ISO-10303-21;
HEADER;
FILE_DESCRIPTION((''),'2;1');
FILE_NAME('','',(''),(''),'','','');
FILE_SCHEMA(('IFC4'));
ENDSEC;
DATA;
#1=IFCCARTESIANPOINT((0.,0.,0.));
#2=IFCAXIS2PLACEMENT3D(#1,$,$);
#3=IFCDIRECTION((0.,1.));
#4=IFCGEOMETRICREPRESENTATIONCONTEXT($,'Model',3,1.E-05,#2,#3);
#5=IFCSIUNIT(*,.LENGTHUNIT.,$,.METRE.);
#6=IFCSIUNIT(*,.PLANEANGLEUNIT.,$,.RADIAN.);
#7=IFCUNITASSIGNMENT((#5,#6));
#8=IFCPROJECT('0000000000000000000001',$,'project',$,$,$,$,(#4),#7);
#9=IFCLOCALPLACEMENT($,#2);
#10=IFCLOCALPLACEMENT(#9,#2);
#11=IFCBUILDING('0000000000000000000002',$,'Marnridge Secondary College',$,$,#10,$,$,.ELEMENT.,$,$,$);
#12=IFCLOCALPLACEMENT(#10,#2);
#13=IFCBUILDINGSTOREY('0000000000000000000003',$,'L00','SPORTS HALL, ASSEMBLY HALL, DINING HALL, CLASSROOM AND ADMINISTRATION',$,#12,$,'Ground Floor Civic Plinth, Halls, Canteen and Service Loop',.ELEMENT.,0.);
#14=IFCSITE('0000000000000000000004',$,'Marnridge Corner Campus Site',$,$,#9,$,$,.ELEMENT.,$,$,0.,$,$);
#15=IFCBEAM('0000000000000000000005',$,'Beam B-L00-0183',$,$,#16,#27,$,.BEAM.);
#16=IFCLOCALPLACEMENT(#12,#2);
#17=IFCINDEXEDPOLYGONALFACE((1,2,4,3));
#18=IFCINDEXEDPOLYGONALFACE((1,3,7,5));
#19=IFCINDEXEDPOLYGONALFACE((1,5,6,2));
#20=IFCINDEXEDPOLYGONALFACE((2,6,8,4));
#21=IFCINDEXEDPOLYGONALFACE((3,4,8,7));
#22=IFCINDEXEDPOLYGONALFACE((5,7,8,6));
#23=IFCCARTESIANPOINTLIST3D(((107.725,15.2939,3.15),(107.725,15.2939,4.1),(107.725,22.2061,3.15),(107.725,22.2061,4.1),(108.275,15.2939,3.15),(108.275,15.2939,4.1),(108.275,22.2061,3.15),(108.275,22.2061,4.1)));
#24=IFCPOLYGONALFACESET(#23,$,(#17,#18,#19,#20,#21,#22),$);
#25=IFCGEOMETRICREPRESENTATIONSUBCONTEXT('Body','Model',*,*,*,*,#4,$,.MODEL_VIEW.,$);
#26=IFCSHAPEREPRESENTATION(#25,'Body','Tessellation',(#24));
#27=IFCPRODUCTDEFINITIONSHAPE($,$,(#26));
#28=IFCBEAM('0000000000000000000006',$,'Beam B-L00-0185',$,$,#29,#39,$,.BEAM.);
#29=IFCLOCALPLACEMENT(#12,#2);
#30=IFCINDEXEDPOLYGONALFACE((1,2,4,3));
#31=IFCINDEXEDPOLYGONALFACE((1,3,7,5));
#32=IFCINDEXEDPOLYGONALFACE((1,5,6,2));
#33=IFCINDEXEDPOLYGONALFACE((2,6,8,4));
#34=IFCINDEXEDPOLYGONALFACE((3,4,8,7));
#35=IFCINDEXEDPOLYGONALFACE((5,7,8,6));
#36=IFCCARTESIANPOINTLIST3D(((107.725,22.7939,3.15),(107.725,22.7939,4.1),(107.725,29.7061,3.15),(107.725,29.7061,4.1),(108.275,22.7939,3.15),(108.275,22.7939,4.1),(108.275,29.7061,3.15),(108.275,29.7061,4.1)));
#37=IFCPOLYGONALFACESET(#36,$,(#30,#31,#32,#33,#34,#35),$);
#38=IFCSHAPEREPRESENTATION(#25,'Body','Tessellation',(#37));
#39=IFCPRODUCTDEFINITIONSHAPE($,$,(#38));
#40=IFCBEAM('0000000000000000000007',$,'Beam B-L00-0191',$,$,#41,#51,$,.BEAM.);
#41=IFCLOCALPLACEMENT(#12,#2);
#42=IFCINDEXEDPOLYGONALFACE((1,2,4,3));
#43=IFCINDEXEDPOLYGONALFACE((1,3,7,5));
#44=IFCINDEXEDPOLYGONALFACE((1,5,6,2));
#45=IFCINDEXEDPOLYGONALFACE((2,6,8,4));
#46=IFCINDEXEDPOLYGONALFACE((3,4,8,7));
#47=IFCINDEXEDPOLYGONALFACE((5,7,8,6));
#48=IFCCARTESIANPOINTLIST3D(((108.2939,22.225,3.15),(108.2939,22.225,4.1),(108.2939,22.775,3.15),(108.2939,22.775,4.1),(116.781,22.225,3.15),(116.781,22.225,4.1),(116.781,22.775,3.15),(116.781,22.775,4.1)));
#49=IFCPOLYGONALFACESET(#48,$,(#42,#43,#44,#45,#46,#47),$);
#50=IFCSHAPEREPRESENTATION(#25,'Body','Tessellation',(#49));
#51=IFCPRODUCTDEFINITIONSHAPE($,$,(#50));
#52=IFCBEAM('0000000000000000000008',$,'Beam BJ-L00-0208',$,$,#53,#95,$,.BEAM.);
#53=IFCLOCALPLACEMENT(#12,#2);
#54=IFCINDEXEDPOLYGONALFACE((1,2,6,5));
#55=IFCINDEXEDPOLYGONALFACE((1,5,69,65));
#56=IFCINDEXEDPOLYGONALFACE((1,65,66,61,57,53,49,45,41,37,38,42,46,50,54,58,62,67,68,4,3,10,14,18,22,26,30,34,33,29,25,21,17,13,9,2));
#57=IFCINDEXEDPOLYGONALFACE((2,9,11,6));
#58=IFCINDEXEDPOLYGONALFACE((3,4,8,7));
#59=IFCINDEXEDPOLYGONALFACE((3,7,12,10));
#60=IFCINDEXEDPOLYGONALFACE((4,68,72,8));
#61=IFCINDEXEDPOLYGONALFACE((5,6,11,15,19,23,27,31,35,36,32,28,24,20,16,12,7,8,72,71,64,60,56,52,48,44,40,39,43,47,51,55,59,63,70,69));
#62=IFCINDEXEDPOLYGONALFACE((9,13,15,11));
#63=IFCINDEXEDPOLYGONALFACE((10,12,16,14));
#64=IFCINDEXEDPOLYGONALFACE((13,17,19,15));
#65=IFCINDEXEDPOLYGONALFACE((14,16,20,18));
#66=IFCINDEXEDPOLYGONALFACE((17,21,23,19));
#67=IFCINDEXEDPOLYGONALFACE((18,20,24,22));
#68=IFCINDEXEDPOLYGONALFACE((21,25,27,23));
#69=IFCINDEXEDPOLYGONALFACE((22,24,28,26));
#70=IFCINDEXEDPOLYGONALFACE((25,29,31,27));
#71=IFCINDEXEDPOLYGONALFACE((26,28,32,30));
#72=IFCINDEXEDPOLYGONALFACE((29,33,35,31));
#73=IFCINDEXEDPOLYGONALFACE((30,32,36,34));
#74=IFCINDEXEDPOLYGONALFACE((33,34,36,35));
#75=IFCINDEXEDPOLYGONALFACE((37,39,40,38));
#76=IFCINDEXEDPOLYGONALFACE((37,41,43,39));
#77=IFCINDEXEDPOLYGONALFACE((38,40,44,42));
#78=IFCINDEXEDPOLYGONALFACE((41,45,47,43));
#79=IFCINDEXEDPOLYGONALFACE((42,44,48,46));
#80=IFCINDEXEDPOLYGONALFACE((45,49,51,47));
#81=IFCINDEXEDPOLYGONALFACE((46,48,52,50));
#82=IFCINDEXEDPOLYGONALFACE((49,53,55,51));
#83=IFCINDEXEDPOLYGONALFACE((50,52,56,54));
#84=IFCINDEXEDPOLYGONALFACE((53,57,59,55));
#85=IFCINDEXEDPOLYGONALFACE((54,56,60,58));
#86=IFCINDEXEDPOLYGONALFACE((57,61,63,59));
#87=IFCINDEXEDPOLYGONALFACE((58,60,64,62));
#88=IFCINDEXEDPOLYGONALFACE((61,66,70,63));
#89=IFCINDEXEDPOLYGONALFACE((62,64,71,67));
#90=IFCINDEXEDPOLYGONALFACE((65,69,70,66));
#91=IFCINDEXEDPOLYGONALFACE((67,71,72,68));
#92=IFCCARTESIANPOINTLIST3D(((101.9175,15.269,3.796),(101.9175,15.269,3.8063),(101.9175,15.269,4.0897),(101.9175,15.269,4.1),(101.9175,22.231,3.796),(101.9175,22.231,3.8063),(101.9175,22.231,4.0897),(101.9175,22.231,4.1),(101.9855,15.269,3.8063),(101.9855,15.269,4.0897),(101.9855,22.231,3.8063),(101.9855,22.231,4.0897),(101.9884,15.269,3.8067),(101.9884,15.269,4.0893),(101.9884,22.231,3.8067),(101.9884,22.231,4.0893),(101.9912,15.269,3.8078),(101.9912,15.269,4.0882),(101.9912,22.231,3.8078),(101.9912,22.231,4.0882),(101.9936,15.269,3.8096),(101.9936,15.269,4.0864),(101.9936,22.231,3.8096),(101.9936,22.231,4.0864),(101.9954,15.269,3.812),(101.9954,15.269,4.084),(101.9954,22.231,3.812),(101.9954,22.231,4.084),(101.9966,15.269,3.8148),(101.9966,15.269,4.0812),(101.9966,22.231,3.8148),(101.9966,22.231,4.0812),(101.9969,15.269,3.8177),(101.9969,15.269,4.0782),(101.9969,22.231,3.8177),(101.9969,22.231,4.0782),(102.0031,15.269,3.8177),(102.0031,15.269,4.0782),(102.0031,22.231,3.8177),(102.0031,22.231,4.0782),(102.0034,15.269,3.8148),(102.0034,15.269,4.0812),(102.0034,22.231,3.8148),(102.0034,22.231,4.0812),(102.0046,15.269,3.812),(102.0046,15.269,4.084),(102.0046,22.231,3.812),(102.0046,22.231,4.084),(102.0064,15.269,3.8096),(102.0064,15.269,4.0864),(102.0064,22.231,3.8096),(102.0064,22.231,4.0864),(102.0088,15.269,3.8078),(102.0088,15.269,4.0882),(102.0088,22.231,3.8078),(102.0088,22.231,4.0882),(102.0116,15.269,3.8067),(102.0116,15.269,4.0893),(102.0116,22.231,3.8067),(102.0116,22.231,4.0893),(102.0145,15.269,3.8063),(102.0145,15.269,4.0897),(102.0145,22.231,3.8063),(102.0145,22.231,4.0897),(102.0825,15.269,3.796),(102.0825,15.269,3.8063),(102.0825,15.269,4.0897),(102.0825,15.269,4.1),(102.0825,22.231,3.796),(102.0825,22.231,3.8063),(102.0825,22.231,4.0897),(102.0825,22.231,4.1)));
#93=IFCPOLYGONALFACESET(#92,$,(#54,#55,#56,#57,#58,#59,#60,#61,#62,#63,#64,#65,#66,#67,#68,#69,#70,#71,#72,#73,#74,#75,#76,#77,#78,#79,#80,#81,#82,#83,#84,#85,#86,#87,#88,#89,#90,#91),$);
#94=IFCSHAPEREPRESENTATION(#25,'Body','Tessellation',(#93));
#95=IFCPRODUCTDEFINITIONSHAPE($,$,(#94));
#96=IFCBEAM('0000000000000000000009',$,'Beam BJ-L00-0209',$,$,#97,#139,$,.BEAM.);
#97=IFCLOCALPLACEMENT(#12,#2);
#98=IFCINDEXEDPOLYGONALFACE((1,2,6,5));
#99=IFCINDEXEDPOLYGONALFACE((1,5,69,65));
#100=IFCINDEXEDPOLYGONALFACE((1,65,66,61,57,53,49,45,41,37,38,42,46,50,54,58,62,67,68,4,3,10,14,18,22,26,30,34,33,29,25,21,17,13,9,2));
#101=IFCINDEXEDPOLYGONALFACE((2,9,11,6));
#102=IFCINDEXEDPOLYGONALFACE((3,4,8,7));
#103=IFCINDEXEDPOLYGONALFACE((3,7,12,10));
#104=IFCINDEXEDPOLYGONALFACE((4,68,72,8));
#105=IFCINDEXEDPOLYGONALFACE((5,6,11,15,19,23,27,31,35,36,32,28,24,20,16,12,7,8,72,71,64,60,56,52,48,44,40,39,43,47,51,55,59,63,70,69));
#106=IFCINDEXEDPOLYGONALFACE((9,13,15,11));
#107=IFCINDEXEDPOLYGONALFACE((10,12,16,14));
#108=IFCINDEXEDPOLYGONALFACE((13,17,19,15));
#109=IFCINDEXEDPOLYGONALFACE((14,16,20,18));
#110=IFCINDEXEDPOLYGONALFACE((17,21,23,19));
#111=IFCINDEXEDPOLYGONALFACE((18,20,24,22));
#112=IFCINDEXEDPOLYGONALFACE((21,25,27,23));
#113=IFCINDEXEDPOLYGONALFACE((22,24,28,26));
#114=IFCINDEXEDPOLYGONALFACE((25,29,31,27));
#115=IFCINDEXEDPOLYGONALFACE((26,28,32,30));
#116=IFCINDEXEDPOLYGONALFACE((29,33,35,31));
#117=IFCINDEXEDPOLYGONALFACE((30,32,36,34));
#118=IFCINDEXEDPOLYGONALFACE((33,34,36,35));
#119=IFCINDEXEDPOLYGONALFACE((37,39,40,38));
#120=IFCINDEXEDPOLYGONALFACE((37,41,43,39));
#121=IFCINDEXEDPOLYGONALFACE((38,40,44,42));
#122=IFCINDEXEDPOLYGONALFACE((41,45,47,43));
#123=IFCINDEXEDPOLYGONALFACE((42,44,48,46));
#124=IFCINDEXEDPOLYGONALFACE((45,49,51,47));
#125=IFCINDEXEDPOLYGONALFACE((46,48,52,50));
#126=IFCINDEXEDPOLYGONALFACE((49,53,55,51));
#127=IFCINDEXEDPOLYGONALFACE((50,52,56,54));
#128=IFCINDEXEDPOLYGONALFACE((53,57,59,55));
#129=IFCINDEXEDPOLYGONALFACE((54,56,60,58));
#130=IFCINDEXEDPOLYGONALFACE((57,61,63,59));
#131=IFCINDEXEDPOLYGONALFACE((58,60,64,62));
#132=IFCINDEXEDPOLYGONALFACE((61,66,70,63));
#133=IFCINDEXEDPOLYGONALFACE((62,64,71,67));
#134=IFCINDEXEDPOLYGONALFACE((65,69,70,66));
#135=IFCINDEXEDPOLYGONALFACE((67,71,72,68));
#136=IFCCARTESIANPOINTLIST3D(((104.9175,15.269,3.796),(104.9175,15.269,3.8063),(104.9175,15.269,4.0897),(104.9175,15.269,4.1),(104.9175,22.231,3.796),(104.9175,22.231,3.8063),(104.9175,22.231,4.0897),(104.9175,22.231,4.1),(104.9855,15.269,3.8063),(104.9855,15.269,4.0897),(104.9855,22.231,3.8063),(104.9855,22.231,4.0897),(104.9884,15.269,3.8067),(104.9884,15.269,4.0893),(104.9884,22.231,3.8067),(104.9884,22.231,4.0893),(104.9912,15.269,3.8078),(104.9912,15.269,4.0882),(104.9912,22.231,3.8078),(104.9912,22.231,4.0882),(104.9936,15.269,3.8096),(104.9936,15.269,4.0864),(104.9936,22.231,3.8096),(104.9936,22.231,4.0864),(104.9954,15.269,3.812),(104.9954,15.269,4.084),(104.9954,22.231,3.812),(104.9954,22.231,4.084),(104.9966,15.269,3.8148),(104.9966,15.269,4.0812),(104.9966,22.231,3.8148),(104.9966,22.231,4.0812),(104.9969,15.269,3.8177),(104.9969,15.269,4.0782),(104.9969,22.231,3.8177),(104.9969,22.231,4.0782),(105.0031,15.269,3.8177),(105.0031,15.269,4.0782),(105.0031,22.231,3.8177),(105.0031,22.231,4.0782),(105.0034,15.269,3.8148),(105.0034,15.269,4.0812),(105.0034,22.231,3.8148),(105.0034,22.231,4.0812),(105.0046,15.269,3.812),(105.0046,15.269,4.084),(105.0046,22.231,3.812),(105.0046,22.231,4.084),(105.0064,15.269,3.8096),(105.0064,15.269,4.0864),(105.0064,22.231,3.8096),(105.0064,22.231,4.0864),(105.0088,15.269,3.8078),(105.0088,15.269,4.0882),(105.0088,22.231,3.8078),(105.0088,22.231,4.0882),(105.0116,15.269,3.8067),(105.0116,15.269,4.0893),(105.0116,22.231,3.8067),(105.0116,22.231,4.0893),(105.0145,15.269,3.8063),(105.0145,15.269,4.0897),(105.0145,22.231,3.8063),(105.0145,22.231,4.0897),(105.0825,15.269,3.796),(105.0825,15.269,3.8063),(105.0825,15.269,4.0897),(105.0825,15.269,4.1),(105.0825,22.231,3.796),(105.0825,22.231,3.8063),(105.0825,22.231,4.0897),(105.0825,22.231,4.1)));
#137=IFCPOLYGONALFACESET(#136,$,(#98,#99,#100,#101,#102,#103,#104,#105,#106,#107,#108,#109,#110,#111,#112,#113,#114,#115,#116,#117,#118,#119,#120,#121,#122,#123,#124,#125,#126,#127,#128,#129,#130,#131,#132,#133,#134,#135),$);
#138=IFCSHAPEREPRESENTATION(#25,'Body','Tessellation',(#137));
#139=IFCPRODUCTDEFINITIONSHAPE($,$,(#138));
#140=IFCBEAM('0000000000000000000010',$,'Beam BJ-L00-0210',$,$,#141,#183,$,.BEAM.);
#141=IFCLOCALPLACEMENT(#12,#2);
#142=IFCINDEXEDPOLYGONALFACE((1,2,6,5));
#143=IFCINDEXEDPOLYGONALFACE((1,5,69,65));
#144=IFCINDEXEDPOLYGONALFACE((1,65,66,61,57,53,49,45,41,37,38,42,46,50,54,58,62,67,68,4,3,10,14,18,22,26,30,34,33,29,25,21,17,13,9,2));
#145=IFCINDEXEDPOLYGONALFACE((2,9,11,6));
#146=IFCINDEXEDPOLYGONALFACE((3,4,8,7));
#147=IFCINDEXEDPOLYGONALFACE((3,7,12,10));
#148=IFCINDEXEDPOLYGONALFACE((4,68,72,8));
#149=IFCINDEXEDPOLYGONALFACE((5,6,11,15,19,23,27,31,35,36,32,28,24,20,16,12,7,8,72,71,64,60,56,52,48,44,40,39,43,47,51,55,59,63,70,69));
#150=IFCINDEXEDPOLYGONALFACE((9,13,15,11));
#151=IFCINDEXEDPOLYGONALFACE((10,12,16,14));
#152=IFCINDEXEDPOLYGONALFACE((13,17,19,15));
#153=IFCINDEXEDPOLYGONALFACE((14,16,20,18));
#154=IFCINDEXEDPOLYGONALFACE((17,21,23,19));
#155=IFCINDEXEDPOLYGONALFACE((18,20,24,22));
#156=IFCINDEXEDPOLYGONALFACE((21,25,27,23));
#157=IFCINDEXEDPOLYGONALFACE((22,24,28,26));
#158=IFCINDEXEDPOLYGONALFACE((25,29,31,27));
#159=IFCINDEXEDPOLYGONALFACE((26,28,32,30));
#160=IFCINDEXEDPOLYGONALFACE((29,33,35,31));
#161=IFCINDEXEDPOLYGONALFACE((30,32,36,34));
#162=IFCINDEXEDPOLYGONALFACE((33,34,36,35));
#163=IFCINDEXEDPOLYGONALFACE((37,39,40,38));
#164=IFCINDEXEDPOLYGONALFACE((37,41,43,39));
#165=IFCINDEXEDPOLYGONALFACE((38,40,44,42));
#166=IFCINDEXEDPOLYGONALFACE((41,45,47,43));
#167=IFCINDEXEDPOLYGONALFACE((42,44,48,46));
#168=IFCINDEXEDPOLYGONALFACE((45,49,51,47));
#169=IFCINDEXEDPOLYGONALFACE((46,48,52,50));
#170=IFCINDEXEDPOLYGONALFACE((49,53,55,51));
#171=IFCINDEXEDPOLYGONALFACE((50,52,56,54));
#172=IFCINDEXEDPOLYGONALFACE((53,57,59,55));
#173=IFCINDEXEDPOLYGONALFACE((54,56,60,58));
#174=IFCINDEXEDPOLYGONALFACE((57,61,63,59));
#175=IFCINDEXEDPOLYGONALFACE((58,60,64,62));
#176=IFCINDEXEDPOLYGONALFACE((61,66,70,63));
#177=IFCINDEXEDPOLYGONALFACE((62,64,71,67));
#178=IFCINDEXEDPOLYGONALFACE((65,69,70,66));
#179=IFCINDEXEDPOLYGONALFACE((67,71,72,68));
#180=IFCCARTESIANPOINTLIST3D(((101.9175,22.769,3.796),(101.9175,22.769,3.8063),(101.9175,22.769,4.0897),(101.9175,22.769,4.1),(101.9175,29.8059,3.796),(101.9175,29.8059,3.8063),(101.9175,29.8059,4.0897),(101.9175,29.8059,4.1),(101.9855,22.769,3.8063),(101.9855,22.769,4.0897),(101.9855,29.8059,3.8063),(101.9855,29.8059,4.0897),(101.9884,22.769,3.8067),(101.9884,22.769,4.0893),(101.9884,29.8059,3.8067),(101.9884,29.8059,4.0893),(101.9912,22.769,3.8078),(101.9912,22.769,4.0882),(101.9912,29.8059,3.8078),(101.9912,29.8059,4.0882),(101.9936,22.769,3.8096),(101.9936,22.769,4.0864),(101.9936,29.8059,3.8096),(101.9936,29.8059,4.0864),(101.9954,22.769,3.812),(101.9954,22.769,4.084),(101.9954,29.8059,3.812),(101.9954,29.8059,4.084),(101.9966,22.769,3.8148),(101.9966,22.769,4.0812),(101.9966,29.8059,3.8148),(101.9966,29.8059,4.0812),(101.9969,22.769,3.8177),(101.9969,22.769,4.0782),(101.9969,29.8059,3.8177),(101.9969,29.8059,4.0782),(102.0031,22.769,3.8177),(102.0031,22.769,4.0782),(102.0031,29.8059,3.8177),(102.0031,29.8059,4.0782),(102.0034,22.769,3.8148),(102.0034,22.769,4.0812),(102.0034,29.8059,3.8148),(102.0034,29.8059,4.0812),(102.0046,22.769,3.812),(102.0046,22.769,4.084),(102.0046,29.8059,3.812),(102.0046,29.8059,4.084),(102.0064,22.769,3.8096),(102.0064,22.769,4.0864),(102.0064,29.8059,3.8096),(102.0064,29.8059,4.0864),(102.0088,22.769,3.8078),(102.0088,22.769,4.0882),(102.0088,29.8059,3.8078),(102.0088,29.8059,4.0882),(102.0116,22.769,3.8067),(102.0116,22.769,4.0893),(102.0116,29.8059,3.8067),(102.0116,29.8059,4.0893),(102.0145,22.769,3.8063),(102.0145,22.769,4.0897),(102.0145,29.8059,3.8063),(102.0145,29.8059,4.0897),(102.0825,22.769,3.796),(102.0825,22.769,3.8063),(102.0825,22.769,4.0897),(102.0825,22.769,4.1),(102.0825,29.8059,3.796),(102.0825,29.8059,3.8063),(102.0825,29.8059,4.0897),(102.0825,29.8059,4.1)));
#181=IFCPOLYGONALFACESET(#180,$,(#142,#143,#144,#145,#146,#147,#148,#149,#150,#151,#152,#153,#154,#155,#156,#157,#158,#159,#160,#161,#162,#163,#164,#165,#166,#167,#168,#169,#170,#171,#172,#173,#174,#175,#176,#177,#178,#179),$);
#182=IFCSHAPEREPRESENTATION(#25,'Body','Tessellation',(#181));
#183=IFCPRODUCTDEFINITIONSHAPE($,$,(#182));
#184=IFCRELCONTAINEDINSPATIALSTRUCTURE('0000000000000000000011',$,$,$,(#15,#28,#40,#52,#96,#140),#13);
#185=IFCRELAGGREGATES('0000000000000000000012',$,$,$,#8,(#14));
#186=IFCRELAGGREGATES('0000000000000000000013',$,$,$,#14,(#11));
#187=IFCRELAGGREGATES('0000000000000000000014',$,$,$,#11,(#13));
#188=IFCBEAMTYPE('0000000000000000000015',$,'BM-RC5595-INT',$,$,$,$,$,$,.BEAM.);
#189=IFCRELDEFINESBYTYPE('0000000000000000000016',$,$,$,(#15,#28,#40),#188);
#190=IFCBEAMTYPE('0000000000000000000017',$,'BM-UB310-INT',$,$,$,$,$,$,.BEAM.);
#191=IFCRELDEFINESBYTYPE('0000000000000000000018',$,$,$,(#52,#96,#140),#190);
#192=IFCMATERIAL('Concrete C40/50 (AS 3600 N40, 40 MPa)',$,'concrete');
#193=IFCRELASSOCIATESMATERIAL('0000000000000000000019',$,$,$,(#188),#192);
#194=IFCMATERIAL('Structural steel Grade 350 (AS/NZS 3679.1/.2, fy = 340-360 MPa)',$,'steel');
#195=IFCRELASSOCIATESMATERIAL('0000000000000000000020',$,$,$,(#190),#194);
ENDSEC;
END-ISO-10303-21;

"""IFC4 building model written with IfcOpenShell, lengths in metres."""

from ifc_helpers import new_model, si_unit, direction, frame, origin, origin_2d, place, context, subcontext, project, spatial, rectangle, i_section, extrude, material, material_profile, profile_set, type_object, element, save


model = new_model("IFC4")

# Units and contexts
model_context = context("Model", 3, precision=1e-05, world=origin(), true_north=direction((0.0, 1.0)))
body_context = subcontext(model_context, "Body", "Model", "MODEL_VIEW")
ifc_project = project(units=[si_unit("LENGTHUNIT", "METRE"), si_unit("PLANEANGLEUNIT", "RADIAN")], contexts=[model_context])

# Site, building, storey
site_placement = place(None, origin())
site = spatial("IfcSite", under=ifc_project, at=site_placement, Name="Marnridge Corner Campus Site", CompositionType="ELEMENT", RefElevation=0.0)
building_placement = place(site_placement, origin())
building = spatial("IfcBuilding", under=site, at=building_placement, Name="Marnridge Secondary College", CompositionType="ELEMENT")
storey_placement = place(building_placement, origin())
storey = spatial("IfcBuildingStorey", under=building, at=storey_placement, Name="L00", Description="SPORTS HALL, ASSEMBLY HALL, DINING HALL, CLASSROOM AND ADMINISTRATION", LongName="Ground Floor Civic Plinth, Halls, Canteen and Service Loop", CompositionType="ELEMENT", Elevation=0.0)

# Beams
ifc_material_1 = material(Name="Concrete C40/50 (AS 3600 N40, 40 MPa)", Category="concrete")
ifc_material_profile_1 = material_profile(ifc_material_1, rectangle(XDim=0.55, YDim=0.95, at=origin_2d()), Name="RC 550x950")
ifc_profile_set_1 = profile_set([ifc_material_profile_1], Name="Concrete C40/50 (AS 3600 N40, 40 MPa)")
beam_type_1 = type_object("IfcBeamType", Name="BM-RC5595-INT", PredefinedType="BEAM", material=ifc_profile_set_1)
for number, where, z_axis, x_axis, name in (
    (1, (108.0, 15.2939, 3.625), (0.0, 1.0, 0.0), (-1.0, 0.0, 0.0), "Beam B-L00-0183"),
    (2, (108.0, 22.7939, 3.625), (0.0, 1.0, 0.0), (-1.0, 0.0, 0.0), "Beam B-L00-0185"),
):
    element("IfcBeam", number, at=place(storey_placement, frame(where, z_axis=z_axis, x_axis=x_axis)), inside=storey, type_object=beam_type_1, Name=name, PredefinedType="BEAM", context=body_context, shape_type="SweptSolid", body=[
        extrude(rectangle(XDim=0.55, YDim=0.95, at=origin_2d()), origin(), (0.0, 0.0, 1.0), 6.9121),
    ])
beam_1_placement = place(storey_placement, frame((108.2939, 22.5, 3.625), z_axis=(1.0, 0.0, 0.0), x_axis=(0.0, 1.0, 0.0)))
element("IfcBeam", 3, at=beam_1_placement, inside=storey, type_object=beam_type_1, Name="Beam B-L00-0191", PredefinedType="BEAM", context=body_context, shape_type="SweptSolid", body=[
    extrude(rectangle(XDim=0.55, YDim=0.95, at=origin_2d()), origin(), (0.0, 0.0, 1.0), 8.4871),
])
ifc_material_2 = material(Name="Structural steel Grade 350 (AS/NZS 3679.1/.2, fy = 340-360 MPa)", Category="steel")
ifc_material_profile_2 = material_profile(ifc_material_2, i_section(OverallWidth=0.165, OverallDepth=0.304, WebThickness=0.0061, FlangeThickness=0.0103, FilletRadius=0.0115, at=origin_2d()), Name="310UB40.4")
ifc_profile_set_2 = profile_set([ifc_material_profile_2], Name="Structural steel Grade 350 (AS/NZS 3679.1/.2, fy = 340-360 MPa)")
beam_type_2 = type_object("IfcBeamType", Name="BM-UB310-INT", PredefinedType="BEAM", material=ifc_profile_set_2)
for number, where, z_axis, x_axis, name in (
    (4, (102.0, 15.269, 3.948), (0.0, 1.0, 0.0), (-1.0, 0.0, 0.0), "Beam BJ-L00-0208"),
    (5, (105.0, 15.269, 3.948), (0.0, 1.0, 0.0), (-1.0, 0.0, 0.0), "Beam BJ-L00-0209"),
):
    element("IfcBeam", number, at=place(storey_placement, frame(where, z_axis=z_axis, x_axis=x_axis)), inside=storey, type_object=beam_type_2, Name=name, PredefinedType="BEAM", context=body_context, shape_type="SweptSolid", body=[
        extrude(i_section(OverallWidth=0.165, OverallDepth=0.304, WebThickness=0.0061, FlangeThickness=0.0103, FilletRadius=0.0115, at=origin_2d()), origin(), (0.0, 0.0, 1.0), 6.9619),
    ])
for number, where, z_axis, x_axis, name in (
    (6, (102.0, 22.769, 3.948), (0.0, 1.0, 0.0), (-1.0, 0.0, 0.0), "Beam BJ-L00-0210"),
):
    element("IfcBeam", number, at=place(storey_placement, frame(where, z_axis=z_axis, x_axis=x_axis)), inside=storey, type_object=beam_type_2, Name=name, PredefinedType="BEAM", context=body_context, shape_type="SweptSolid", body=[
        extrude(i_section(OverallWidth=0.165, OverallDepth=0.304, WebThickness=0.0061, FlangeThickness=0.0103, FilletRadius=0.0115, at=origin_2d()), origin(), (0.0, 0.0, 1.0), 7.0369),
    ])

save(model, "model.ifc")
